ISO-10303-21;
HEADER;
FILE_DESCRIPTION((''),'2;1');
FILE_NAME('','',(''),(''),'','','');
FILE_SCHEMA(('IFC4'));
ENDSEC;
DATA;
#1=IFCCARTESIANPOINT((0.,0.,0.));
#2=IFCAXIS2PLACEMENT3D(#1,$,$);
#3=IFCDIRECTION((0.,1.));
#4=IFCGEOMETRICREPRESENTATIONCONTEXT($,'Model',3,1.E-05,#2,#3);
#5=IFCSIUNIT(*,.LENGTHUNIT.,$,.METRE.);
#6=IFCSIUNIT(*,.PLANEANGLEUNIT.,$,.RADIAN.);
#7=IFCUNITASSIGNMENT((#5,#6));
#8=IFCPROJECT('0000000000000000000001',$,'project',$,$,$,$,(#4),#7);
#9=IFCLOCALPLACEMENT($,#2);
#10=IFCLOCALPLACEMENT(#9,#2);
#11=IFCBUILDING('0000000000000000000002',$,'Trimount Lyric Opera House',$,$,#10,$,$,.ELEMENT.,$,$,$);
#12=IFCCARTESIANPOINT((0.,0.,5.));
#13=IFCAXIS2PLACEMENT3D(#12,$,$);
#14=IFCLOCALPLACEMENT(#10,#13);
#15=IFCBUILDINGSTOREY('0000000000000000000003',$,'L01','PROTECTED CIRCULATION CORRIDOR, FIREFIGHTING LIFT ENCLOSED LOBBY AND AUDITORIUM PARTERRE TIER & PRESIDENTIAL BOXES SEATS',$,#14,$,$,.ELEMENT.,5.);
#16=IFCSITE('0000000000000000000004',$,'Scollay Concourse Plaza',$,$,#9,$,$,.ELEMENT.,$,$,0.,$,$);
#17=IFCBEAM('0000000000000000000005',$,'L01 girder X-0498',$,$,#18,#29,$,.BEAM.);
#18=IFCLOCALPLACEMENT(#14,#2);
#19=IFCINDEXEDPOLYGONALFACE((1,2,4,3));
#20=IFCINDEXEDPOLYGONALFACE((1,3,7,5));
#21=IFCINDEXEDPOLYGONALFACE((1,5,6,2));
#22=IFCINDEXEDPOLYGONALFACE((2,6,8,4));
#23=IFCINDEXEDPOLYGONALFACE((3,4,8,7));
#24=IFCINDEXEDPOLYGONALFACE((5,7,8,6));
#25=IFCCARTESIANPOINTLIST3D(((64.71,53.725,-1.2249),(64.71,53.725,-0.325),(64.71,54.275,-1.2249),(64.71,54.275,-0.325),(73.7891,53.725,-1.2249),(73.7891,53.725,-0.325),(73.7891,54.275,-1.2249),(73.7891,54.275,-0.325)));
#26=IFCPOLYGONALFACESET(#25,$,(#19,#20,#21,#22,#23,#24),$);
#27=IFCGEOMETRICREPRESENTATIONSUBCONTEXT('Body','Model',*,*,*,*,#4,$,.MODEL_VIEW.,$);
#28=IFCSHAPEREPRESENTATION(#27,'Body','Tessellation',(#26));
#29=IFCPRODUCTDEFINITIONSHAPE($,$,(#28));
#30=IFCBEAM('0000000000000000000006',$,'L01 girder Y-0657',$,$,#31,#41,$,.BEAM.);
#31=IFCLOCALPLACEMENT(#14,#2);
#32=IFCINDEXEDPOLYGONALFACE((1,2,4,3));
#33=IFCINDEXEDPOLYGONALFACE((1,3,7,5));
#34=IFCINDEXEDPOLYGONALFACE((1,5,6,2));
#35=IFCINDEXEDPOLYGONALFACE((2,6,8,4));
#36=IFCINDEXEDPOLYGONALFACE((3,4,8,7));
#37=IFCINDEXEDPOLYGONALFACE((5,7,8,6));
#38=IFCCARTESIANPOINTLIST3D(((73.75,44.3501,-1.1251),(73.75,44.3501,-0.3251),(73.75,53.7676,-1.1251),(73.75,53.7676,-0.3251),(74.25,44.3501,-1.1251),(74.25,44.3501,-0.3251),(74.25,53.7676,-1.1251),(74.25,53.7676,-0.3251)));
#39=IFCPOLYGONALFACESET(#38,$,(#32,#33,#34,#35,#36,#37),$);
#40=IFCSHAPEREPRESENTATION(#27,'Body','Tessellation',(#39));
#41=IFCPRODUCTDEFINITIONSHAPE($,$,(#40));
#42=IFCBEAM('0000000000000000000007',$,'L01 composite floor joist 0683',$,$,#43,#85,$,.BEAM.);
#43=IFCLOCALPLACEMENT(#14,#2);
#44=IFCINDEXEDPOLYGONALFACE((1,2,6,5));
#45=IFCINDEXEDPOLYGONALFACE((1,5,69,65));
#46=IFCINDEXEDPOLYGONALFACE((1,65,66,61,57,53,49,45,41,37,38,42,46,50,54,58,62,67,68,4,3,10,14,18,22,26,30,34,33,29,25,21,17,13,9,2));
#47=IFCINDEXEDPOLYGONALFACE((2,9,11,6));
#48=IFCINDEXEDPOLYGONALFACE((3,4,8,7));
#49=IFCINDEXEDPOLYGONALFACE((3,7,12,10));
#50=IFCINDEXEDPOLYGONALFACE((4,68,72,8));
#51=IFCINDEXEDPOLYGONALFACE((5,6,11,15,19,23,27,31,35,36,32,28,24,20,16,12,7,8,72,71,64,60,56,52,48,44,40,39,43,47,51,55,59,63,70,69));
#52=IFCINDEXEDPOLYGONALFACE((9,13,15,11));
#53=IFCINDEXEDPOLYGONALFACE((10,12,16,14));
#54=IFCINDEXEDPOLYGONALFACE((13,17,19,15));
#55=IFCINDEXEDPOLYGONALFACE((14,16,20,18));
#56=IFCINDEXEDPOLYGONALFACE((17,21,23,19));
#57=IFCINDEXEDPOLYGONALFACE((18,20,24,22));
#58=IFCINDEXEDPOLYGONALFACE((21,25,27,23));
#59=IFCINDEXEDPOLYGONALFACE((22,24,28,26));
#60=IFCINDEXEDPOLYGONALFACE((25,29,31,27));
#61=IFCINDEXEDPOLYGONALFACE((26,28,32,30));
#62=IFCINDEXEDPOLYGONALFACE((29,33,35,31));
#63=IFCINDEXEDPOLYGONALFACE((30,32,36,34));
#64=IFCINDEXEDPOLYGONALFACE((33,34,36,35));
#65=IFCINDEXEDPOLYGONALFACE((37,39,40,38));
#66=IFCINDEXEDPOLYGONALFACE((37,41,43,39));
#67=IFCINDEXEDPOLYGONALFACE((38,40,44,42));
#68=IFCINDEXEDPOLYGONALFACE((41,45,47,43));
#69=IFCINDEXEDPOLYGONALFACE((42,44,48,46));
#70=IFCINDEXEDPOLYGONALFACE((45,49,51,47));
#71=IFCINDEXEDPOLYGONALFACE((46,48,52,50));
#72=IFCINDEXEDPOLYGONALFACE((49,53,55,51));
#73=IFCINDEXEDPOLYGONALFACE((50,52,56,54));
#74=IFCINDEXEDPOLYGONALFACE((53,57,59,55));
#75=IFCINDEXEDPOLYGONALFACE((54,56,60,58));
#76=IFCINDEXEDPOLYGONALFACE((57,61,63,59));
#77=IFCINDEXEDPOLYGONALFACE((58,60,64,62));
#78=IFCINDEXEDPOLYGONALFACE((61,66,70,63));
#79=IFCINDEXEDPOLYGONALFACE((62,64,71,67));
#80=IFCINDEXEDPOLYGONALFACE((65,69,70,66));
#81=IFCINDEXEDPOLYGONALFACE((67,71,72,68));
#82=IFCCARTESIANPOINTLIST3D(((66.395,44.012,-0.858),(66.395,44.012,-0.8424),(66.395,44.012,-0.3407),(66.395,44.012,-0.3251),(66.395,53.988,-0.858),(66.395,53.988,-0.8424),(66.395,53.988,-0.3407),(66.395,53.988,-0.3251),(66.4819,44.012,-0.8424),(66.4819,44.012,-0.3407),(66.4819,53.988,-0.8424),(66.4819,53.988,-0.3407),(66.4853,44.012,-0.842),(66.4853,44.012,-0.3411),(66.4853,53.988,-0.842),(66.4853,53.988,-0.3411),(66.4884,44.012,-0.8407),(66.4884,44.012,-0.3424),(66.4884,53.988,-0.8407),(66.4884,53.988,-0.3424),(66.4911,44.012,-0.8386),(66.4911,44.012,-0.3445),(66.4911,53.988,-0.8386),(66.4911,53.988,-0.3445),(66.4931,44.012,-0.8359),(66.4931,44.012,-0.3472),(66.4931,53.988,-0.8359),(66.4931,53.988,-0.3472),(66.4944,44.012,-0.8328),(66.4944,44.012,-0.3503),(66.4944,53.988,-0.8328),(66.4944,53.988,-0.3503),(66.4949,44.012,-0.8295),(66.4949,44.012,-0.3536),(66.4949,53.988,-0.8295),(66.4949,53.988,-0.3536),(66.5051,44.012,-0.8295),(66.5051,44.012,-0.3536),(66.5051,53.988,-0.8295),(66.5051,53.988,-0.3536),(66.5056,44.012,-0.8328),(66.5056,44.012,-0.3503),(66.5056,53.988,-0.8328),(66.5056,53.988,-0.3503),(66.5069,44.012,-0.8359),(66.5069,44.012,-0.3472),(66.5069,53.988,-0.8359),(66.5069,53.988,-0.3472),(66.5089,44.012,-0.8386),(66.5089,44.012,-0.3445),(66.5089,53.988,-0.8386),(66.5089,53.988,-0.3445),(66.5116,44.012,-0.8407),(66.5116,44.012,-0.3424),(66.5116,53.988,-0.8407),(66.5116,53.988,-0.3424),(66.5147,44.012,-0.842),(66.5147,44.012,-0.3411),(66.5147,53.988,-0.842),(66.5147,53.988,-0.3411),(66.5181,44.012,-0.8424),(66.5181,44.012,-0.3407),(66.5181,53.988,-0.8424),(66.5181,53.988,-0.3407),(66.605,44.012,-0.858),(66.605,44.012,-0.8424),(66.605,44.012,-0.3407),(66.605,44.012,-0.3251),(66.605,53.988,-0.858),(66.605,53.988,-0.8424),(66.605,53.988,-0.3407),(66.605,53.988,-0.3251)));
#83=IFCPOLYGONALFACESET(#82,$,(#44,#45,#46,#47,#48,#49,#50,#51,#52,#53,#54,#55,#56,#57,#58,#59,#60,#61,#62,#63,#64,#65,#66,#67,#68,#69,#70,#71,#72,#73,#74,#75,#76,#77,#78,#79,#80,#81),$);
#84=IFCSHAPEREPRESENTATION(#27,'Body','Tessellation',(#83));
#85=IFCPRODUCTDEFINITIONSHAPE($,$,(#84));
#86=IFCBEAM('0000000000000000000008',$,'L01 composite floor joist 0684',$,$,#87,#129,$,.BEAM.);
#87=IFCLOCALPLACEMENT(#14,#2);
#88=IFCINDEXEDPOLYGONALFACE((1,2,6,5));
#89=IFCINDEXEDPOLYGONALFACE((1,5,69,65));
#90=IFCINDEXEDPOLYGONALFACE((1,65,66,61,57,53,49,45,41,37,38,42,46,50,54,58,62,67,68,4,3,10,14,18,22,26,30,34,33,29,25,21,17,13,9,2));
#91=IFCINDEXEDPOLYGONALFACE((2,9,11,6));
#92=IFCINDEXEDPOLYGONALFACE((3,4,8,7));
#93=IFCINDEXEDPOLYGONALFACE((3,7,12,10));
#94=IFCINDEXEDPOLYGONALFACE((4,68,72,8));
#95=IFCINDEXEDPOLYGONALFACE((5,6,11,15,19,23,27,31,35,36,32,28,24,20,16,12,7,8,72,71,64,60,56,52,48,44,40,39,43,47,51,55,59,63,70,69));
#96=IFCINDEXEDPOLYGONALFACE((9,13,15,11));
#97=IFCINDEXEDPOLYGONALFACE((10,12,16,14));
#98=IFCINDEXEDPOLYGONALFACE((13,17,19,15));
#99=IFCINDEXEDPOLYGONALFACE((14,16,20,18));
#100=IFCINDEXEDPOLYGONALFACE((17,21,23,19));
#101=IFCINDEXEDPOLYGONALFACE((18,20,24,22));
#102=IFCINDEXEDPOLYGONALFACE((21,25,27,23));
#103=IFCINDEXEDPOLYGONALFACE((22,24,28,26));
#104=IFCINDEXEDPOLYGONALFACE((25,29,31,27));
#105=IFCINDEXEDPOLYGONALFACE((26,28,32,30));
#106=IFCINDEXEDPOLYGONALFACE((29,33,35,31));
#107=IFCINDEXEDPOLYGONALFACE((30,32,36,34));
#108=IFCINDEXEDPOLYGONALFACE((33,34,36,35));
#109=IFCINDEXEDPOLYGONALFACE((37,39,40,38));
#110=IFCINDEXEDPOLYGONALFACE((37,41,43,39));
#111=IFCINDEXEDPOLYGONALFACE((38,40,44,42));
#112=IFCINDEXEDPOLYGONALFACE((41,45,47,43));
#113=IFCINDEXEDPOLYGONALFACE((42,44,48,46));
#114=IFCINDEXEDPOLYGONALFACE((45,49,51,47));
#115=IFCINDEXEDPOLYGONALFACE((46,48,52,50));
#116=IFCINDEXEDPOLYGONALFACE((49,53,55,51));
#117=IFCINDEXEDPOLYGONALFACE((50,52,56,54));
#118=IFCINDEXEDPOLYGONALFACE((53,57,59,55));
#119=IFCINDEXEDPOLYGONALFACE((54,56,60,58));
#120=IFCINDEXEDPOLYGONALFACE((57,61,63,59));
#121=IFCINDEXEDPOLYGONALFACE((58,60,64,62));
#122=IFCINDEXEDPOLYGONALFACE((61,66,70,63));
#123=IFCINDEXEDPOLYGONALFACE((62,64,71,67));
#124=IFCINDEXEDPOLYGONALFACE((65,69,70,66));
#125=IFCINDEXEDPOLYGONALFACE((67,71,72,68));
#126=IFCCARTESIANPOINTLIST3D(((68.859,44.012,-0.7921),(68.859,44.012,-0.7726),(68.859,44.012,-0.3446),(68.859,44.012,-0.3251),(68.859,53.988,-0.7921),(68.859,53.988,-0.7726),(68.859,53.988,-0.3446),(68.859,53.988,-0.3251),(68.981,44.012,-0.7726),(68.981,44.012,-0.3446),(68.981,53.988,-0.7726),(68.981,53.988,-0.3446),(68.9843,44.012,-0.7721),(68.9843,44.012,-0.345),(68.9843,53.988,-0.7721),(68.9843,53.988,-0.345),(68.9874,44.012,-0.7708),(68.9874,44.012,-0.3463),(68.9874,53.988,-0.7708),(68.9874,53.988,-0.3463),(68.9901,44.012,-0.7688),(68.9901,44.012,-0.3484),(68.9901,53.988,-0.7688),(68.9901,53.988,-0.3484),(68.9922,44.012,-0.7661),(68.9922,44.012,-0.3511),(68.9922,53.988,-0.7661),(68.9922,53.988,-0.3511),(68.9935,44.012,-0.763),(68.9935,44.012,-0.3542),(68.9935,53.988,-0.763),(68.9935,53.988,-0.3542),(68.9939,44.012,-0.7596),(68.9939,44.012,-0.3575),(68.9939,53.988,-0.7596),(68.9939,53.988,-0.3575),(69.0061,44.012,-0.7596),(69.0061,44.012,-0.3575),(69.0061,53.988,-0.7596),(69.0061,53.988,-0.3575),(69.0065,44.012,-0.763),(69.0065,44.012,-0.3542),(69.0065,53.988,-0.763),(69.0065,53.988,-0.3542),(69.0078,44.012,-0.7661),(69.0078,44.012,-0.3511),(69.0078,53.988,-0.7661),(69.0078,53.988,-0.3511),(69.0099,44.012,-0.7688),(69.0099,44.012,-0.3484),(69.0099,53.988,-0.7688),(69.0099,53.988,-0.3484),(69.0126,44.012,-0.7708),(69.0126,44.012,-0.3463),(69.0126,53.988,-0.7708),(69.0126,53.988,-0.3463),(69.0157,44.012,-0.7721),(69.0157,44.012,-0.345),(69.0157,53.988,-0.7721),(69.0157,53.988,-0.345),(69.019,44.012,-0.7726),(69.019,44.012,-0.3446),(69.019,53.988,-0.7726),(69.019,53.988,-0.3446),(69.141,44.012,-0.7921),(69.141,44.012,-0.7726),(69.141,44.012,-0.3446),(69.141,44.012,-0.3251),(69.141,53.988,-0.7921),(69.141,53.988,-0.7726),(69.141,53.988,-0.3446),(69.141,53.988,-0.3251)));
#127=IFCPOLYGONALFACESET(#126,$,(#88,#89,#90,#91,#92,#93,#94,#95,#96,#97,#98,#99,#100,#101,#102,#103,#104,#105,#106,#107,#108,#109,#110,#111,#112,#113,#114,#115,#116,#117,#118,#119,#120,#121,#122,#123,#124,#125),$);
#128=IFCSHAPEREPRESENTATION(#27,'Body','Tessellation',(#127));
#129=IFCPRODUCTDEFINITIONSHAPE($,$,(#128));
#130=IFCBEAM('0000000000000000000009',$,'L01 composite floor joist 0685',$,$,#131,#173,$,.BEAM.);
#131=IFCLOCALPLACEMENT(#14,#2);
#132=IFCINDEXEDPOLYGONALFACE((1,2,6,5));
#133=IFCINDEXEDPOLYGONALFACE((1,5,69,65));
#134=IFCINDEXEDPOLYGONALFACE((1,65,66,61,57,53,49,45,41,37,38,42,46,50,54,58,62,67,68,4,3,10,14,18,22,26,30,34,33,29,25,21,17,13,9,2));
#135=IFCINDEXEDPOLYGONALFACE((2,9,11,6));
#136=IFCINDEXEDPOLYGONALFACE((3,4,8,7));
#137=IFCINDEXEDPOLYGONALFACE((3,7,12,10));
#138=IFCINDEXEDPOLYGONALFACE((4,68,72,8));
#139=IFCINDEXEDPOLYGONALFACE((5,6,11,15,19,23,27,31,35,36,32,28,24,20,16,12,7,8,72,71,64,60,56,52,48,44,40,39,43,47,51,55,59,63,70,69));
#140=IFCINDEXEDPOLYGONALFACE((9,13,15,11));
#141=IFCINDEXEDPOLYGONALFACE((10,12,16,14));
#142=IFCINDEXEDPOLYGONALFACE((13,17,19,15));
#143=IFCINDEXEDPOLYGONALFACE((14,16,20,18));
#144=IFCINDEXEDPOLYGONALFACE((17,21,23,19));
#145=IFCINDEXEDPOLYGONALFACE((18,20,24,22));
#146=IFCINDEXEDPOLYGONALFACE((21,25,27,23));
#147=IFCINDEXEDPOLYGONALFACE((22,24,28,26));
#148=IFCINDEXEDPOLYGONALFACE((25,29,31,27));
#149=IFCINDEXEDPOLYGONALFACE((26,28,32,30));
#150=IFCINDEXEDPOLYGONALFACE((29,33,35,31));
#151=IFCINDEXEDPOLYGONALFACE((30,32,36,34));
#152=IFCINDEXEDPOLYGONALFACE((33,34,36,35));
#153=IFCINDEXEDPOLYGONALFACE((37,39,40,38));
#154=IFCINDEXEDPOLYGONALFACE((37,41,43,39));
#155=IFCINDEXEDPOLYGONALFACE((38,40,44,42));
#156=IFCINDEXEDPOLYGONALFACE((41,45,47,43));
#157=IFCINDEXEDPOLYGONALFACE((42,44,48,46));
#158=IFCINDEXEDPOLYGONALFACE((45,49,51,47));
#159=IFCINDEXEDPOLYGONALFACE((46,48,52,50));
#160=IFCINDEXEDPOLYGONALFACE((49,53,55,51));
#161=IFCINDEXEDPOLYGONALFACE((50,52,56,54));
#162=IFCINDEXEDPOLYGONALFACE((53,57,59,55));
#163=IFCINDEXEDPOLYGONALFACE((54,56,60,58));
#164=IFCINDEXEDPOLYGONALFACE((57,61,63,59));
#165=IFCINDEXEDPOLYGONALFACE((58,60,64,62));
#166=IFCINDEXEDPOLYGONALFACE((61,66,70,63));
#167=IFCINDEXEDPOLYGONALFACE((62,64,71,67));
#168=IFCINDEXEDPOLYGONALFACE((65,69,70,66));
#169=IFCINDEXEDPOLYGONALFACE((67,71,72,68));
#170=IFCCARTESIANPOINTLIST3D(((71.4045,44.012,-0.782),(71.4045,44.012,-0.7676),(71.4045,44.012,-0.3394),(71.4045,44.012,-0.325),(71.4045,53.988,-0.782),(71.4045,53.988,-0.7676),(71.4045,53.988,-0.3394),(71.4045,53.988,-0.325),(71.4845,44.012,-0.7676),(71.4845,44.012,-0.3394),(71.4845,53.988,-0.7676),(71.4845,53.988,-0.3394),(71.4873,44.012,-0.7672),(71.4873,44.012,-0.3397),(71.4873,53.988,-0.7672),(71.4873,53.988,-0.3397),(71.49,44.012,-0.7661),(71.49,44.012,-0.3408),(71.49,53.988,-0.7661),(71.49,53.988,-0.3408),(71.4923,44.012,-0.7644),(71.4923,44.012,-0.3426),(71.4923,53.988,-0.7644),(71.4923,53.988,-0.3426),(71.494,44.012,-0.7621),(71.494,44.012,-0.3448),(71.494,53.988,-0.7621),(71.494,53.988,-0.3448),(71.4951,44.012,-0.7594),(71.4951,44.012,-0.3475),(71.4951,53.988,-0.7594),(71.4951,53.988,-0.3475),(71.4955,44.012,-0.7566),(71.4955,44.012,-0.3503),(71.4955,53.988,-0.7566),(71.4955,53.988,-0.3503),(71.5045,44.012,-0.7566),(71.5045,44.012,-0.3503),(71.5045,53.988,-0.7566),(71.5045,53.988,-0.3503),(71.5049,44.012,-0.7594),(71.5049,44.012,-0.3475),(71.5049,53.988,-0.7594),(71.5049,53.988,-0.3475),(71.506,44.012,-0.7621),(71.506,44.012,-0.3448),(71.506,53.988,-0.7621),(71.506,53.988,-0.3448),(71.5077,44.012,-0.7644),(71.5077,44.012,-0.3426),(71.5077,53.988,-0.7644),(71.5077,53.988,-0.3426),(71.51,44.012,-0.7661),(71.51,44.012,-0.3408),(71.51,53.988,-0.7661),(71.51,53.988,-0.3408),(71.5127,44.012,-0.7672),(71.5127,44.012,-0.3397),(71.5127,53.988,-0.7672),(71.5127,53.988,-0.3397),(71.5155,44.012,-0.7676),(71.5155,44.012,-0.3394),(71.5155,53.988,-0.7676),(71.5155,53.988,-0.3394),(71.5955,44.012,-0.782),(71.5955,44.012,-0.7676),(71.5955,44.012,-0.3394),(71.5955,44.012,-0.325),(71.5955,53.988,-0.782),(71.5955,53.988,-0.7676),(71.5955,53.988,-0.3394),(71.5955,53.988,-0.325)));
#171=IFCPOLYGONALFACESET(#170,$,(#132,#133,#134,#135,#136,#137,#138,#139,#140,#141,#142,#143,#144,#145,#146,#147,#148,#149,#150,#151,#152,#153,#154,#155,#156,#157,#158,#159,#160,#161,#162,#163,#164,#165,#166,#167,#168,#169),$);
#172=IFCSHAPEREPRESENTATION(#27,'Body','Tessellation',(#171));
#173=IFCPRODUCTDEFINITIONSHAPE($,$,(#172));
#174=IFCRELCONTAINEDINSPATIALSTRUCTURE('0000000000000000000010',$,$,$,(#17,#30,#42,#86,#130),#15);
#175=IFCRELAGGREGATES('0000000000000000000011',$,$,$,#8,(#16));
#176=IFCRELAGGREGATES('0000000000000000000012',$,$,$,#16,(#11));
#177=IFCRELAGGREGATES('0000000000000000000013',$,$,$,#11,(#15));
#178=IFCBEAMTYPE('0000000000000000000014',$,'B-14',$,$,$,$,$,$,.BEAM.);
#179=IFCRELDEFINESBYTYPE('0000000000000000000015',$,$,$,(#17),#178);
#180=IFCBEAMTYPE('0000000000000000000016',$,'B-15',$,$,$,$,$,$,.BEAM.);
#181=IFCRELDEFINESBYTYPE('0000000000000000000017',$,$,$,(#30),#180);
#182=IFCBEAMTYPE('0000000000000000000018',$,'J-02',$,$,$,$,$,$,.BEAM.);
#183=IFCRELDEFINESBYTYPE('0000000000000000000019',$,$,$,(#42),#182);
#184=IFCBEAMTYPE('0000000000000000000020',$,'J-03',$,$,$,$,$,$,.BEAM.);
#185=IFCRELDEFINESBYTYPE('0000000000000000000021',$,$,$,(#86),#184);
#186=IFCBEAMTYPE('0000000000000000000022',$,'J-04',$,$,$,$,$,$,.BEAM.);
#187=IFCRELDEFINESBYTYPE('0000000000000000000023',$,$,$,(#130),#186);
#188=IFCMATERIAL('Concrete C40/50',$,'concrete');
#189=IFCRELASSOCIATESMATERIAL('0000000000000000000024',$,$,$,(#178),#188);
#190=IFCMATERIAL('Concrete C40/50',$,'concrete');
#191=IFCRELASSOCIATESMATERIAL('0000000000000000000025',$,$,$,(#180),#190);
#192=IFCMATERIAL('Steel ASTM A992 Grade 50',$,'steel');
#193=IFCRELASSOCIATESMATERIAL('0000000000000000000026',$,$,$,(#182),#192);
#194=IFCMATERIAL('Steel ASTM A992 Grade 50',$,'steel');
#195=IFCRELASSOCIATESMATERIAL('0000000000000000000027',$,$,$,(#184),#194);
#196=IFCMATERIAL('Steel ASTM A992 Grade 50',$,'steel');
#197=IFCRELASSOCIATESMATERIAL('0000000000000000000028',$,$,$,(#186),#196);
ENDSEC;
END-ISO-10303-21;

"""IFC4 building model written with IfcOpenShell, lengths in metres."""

from ifc_helpers import new_model, si_unit, direction, frame, origin, origin_2d, place, context, subcontext, project, spatial, rectangle, i_section, extrude, material, material_profile, profile_set, type_object, element, save


model = new_model("IFC4")

# Units and contexts
model_context = context("Model", 3, precision=1e-05, world=origin(), true_north=direction((0.0, 1.0)))
body_context = subcontext(model_context, "Body", "Model", "MODEL_VIEW")
ifc_project = project(units=[si_unit("LENGTHUNIT", "METRE"), si_unit("PLANEANGLEUNIT", "RADIAN")], contexts=[model_context])

# Site, building, storey
site_placement = place(None, origin())
site = spatial("IfcSite", under=ifc_project, at=site_placement, Name="Scollay Concourse Plaza", CompositionType="ELEMENT", RefElevation=0.0)
building_placement = place(site_placement, origin())
building = spatial("IfcBuilding", under=site, at=building_placement, Name="Trimount Lyric Opera House", CompositionType="ELEMENT")
storey_placement = place(building_placement, frame((0.0, 0.0, 5.0)))
storey = spatial("IfcBuildingStorey", under=building, at=storey_placement, Name="L01", Description="PROTECTED CIRCULATION CORRIDOR, FIREFIGHTING LIFT ENCLOSED LOBBY AND AUDITORIUM PARTERRE TIER & PRESIDENTIAL BOXES SEATS", CompositionType="ELEMENT", Elevation=5.0)

# Beams
ifc_material_1 = material(Name="Concrete C40/50", Category="concrete")
ifc_material_profile_1 = material_profile(ifc_material_1, rectangle(XDim=0.55, YDim=0.8999, at=origin_2d()), Name="RC550X900")
ifc_profile_set_1 = profile_set([ifc_material_profile_1], Name="Concrete C40/50")
beam_type_1 = type_object("IfcBeamType", Name="B-14", PredefinedType="BEAM", material=ifc_profile_set_1)
beam_1_placement = place(storey_placement, frame((64.71, 54.0, -0.7749), z_axis=(1.0, 0.0, 0.0), x_axis=(0.0, 1.0, 0.0)))
element("IfcBeam", 1, at=beam_1_placement, inside=storey, type_object=beam_type_1, Name="L01 girder X-0498", PredefinedType="BEAM", context=body_context, shape_type="SweptSolid", body=[
    extrude(rectangle(XDim=0.55, YDim=0.8999, at=origin_2d()), origin(), (0.0, 0.0, 1.0), 9.0791),
])
ifc_material_2 = material(Name="Concrete C40/50", Category="concrete")
ifc_material_profile_2 = material_profile(ifc_material_2, rectangle(XDim=0.5, YDim=0.8, at=origin_2d()), Name="RC500X800")
ifc_profile_set_2 = profile_set([ifc_material_profile_2], Name="Concrete C40/50")
beam_type_2 = type_object("IfcBeamType", Name="B-15", PredefinedType="BEAM", material=ifc_profile_set_2)
beam_2_placement = place(storey_placement, frame((74.0, 44.3501, -0.7251), z_axis=(0.0, 1.0, 0.0), x_axis=(-1.0, 0.0, 0.0)))
element("IfcBeam", 2, at=beam_2_placement, inside=storey, type_object=beam_type_2, Name="L01 girder Y-0657", PredefinedType="BEAM", context=body_context, shape_type="SweptSolid", body=[
    extrude(rectangle(XDim=0.5, YDim=0.8, at=origin_2d()), origin(), (0.0, 0.0, 1.0), 9.4175),
])
ifc_material_3 = material(Name="Steel ASTM A992 Grade 50", Category="steel")
ifc_material_profile_3 = material_profile(ifc_material_3, i_section(OverallWidth=0.21, OverallDepth=0.533, WebThickness=0.0103, FlangeThickness=0.0156, FilletRadius=0.0129, at=origin_2d()), Name="W21X62")
ifc_profile_set_3 = profile_set([ifc_material_profile_3], Name="Steel ASTM A992 Grade 50")
beam_type_3 = type_object("IfcBeamType", Name="J-02", PredefinedType="BEAM", material=ifc_profile_set_3)
beam_3_placement = place(storey_placement, frame((66.5, 44.012, -0.5916), z_axis=(0.0, 1.0, 0.0), x_axis=(-1.0, 0.0, 0.0)))
element("IfcBeam", 3, at=beam_3_placement, inside=storey, type_object=beam_type_3, Name="L01 composite floor joist 0683", PredefinedType="BEAM", context=body_context, shape_type="SweptSolid", body=[
    extrude(i_section(OverallWidth=0.21, OverallDepth=0.533, WebThickness=0.0103, FlangeThickness=0.0156, FilletRadius=0.0129, at=origin_2d()), origin(), (0.0, 0.0, 1.0), 9.9761),
])
ifc_material_4 = material(Name="Steel ASTM A992 Grade 50", Category="steel")
ifc_material_profile_4 = material_profile(ifc_material_4, i_section(OverallWidth=0.282, OverallDepth=0.467, WebThickness=0.0122, FlangeThickness=0.0195, FilletRadius=0.0129, at=origin_2d()), Name="W18X86")
ifc_profile_set_4 = profile_set([ifc_material_profile_4], Name="Steel ASTM A992 Grade 50")
beam_type_4 = type_object("IfcBeamType", Name="J-03", PredefinedType="BEAM", material=ifc_profile_set_4)
beam_4_placement = place(storey_placement, frame((69.0, 44.012, -0.5586), z_axis=(0.0, 1.0, 0.0), x_axis=(-1.0, 0.0, 0.0)))
element("IfcBeam", 4, at=beam_4_placement, inside=storey, type_object=beam_type_4, Name="L01 composite floor joist 0684", PredefinedType="BEAM", context=body_context, shape_type="SweptSolid", body=[
    extrude(i_section(OverallWidth=0.282, OverallDepth=0.467, WebThickness=0.0122, FlangeThickness=0.0195, FilletRadius=0.0129, at=origin_2d()), origin(), (0.0, 0.0, 1.0), 9.9761),
])
ifc_material_5 = material(Name="Steel ASTM A992 Grade 50", Category="steel")
ifc_material_profile_5 = material_profile(ifc_material_5, i_section(OverallWidth=0.1909, OverallDepth=0.457, WebThickness=0.009, FlangeThickness=0.0144, FilletRadius=0.011, at=origin_2d()), Name="W18X50")
ifc_profile_set_5 = profile_set([ifc_material_profile_5], Name="Steel ASTM A992 Grade 50")
beam_type_5 = type_object("IfcBeamType", Name="J-04", PredefinedType="BEAM", material=ifc_profile_set_5)
beam_5_placement = place(storey_placement, frame((71.5, 44.012, -0.5535), z_axis=(0.0, 1.0, 0.0), x_axis=(-1.0, 0.0, 0.0)))
element("IfcBeam", 5, at=beam_5_placement, inside=storey, type_object=beam_type_5, Name="L01 composite floor joist 0685", PredefinedType="BEAM", context=body_context, shape_type="SweptSolid", body=[
    extrude(i_section(OverallWidth=0.1909, OverallDepth=0.457, WebThickness=0.009, FlangeThickness=0.0144, FilletRadius=0.011, at=origin_2d()), origin(), (0.0, 0.0, 1.0), 9.9761),
])

save(model, "model.ifc")
